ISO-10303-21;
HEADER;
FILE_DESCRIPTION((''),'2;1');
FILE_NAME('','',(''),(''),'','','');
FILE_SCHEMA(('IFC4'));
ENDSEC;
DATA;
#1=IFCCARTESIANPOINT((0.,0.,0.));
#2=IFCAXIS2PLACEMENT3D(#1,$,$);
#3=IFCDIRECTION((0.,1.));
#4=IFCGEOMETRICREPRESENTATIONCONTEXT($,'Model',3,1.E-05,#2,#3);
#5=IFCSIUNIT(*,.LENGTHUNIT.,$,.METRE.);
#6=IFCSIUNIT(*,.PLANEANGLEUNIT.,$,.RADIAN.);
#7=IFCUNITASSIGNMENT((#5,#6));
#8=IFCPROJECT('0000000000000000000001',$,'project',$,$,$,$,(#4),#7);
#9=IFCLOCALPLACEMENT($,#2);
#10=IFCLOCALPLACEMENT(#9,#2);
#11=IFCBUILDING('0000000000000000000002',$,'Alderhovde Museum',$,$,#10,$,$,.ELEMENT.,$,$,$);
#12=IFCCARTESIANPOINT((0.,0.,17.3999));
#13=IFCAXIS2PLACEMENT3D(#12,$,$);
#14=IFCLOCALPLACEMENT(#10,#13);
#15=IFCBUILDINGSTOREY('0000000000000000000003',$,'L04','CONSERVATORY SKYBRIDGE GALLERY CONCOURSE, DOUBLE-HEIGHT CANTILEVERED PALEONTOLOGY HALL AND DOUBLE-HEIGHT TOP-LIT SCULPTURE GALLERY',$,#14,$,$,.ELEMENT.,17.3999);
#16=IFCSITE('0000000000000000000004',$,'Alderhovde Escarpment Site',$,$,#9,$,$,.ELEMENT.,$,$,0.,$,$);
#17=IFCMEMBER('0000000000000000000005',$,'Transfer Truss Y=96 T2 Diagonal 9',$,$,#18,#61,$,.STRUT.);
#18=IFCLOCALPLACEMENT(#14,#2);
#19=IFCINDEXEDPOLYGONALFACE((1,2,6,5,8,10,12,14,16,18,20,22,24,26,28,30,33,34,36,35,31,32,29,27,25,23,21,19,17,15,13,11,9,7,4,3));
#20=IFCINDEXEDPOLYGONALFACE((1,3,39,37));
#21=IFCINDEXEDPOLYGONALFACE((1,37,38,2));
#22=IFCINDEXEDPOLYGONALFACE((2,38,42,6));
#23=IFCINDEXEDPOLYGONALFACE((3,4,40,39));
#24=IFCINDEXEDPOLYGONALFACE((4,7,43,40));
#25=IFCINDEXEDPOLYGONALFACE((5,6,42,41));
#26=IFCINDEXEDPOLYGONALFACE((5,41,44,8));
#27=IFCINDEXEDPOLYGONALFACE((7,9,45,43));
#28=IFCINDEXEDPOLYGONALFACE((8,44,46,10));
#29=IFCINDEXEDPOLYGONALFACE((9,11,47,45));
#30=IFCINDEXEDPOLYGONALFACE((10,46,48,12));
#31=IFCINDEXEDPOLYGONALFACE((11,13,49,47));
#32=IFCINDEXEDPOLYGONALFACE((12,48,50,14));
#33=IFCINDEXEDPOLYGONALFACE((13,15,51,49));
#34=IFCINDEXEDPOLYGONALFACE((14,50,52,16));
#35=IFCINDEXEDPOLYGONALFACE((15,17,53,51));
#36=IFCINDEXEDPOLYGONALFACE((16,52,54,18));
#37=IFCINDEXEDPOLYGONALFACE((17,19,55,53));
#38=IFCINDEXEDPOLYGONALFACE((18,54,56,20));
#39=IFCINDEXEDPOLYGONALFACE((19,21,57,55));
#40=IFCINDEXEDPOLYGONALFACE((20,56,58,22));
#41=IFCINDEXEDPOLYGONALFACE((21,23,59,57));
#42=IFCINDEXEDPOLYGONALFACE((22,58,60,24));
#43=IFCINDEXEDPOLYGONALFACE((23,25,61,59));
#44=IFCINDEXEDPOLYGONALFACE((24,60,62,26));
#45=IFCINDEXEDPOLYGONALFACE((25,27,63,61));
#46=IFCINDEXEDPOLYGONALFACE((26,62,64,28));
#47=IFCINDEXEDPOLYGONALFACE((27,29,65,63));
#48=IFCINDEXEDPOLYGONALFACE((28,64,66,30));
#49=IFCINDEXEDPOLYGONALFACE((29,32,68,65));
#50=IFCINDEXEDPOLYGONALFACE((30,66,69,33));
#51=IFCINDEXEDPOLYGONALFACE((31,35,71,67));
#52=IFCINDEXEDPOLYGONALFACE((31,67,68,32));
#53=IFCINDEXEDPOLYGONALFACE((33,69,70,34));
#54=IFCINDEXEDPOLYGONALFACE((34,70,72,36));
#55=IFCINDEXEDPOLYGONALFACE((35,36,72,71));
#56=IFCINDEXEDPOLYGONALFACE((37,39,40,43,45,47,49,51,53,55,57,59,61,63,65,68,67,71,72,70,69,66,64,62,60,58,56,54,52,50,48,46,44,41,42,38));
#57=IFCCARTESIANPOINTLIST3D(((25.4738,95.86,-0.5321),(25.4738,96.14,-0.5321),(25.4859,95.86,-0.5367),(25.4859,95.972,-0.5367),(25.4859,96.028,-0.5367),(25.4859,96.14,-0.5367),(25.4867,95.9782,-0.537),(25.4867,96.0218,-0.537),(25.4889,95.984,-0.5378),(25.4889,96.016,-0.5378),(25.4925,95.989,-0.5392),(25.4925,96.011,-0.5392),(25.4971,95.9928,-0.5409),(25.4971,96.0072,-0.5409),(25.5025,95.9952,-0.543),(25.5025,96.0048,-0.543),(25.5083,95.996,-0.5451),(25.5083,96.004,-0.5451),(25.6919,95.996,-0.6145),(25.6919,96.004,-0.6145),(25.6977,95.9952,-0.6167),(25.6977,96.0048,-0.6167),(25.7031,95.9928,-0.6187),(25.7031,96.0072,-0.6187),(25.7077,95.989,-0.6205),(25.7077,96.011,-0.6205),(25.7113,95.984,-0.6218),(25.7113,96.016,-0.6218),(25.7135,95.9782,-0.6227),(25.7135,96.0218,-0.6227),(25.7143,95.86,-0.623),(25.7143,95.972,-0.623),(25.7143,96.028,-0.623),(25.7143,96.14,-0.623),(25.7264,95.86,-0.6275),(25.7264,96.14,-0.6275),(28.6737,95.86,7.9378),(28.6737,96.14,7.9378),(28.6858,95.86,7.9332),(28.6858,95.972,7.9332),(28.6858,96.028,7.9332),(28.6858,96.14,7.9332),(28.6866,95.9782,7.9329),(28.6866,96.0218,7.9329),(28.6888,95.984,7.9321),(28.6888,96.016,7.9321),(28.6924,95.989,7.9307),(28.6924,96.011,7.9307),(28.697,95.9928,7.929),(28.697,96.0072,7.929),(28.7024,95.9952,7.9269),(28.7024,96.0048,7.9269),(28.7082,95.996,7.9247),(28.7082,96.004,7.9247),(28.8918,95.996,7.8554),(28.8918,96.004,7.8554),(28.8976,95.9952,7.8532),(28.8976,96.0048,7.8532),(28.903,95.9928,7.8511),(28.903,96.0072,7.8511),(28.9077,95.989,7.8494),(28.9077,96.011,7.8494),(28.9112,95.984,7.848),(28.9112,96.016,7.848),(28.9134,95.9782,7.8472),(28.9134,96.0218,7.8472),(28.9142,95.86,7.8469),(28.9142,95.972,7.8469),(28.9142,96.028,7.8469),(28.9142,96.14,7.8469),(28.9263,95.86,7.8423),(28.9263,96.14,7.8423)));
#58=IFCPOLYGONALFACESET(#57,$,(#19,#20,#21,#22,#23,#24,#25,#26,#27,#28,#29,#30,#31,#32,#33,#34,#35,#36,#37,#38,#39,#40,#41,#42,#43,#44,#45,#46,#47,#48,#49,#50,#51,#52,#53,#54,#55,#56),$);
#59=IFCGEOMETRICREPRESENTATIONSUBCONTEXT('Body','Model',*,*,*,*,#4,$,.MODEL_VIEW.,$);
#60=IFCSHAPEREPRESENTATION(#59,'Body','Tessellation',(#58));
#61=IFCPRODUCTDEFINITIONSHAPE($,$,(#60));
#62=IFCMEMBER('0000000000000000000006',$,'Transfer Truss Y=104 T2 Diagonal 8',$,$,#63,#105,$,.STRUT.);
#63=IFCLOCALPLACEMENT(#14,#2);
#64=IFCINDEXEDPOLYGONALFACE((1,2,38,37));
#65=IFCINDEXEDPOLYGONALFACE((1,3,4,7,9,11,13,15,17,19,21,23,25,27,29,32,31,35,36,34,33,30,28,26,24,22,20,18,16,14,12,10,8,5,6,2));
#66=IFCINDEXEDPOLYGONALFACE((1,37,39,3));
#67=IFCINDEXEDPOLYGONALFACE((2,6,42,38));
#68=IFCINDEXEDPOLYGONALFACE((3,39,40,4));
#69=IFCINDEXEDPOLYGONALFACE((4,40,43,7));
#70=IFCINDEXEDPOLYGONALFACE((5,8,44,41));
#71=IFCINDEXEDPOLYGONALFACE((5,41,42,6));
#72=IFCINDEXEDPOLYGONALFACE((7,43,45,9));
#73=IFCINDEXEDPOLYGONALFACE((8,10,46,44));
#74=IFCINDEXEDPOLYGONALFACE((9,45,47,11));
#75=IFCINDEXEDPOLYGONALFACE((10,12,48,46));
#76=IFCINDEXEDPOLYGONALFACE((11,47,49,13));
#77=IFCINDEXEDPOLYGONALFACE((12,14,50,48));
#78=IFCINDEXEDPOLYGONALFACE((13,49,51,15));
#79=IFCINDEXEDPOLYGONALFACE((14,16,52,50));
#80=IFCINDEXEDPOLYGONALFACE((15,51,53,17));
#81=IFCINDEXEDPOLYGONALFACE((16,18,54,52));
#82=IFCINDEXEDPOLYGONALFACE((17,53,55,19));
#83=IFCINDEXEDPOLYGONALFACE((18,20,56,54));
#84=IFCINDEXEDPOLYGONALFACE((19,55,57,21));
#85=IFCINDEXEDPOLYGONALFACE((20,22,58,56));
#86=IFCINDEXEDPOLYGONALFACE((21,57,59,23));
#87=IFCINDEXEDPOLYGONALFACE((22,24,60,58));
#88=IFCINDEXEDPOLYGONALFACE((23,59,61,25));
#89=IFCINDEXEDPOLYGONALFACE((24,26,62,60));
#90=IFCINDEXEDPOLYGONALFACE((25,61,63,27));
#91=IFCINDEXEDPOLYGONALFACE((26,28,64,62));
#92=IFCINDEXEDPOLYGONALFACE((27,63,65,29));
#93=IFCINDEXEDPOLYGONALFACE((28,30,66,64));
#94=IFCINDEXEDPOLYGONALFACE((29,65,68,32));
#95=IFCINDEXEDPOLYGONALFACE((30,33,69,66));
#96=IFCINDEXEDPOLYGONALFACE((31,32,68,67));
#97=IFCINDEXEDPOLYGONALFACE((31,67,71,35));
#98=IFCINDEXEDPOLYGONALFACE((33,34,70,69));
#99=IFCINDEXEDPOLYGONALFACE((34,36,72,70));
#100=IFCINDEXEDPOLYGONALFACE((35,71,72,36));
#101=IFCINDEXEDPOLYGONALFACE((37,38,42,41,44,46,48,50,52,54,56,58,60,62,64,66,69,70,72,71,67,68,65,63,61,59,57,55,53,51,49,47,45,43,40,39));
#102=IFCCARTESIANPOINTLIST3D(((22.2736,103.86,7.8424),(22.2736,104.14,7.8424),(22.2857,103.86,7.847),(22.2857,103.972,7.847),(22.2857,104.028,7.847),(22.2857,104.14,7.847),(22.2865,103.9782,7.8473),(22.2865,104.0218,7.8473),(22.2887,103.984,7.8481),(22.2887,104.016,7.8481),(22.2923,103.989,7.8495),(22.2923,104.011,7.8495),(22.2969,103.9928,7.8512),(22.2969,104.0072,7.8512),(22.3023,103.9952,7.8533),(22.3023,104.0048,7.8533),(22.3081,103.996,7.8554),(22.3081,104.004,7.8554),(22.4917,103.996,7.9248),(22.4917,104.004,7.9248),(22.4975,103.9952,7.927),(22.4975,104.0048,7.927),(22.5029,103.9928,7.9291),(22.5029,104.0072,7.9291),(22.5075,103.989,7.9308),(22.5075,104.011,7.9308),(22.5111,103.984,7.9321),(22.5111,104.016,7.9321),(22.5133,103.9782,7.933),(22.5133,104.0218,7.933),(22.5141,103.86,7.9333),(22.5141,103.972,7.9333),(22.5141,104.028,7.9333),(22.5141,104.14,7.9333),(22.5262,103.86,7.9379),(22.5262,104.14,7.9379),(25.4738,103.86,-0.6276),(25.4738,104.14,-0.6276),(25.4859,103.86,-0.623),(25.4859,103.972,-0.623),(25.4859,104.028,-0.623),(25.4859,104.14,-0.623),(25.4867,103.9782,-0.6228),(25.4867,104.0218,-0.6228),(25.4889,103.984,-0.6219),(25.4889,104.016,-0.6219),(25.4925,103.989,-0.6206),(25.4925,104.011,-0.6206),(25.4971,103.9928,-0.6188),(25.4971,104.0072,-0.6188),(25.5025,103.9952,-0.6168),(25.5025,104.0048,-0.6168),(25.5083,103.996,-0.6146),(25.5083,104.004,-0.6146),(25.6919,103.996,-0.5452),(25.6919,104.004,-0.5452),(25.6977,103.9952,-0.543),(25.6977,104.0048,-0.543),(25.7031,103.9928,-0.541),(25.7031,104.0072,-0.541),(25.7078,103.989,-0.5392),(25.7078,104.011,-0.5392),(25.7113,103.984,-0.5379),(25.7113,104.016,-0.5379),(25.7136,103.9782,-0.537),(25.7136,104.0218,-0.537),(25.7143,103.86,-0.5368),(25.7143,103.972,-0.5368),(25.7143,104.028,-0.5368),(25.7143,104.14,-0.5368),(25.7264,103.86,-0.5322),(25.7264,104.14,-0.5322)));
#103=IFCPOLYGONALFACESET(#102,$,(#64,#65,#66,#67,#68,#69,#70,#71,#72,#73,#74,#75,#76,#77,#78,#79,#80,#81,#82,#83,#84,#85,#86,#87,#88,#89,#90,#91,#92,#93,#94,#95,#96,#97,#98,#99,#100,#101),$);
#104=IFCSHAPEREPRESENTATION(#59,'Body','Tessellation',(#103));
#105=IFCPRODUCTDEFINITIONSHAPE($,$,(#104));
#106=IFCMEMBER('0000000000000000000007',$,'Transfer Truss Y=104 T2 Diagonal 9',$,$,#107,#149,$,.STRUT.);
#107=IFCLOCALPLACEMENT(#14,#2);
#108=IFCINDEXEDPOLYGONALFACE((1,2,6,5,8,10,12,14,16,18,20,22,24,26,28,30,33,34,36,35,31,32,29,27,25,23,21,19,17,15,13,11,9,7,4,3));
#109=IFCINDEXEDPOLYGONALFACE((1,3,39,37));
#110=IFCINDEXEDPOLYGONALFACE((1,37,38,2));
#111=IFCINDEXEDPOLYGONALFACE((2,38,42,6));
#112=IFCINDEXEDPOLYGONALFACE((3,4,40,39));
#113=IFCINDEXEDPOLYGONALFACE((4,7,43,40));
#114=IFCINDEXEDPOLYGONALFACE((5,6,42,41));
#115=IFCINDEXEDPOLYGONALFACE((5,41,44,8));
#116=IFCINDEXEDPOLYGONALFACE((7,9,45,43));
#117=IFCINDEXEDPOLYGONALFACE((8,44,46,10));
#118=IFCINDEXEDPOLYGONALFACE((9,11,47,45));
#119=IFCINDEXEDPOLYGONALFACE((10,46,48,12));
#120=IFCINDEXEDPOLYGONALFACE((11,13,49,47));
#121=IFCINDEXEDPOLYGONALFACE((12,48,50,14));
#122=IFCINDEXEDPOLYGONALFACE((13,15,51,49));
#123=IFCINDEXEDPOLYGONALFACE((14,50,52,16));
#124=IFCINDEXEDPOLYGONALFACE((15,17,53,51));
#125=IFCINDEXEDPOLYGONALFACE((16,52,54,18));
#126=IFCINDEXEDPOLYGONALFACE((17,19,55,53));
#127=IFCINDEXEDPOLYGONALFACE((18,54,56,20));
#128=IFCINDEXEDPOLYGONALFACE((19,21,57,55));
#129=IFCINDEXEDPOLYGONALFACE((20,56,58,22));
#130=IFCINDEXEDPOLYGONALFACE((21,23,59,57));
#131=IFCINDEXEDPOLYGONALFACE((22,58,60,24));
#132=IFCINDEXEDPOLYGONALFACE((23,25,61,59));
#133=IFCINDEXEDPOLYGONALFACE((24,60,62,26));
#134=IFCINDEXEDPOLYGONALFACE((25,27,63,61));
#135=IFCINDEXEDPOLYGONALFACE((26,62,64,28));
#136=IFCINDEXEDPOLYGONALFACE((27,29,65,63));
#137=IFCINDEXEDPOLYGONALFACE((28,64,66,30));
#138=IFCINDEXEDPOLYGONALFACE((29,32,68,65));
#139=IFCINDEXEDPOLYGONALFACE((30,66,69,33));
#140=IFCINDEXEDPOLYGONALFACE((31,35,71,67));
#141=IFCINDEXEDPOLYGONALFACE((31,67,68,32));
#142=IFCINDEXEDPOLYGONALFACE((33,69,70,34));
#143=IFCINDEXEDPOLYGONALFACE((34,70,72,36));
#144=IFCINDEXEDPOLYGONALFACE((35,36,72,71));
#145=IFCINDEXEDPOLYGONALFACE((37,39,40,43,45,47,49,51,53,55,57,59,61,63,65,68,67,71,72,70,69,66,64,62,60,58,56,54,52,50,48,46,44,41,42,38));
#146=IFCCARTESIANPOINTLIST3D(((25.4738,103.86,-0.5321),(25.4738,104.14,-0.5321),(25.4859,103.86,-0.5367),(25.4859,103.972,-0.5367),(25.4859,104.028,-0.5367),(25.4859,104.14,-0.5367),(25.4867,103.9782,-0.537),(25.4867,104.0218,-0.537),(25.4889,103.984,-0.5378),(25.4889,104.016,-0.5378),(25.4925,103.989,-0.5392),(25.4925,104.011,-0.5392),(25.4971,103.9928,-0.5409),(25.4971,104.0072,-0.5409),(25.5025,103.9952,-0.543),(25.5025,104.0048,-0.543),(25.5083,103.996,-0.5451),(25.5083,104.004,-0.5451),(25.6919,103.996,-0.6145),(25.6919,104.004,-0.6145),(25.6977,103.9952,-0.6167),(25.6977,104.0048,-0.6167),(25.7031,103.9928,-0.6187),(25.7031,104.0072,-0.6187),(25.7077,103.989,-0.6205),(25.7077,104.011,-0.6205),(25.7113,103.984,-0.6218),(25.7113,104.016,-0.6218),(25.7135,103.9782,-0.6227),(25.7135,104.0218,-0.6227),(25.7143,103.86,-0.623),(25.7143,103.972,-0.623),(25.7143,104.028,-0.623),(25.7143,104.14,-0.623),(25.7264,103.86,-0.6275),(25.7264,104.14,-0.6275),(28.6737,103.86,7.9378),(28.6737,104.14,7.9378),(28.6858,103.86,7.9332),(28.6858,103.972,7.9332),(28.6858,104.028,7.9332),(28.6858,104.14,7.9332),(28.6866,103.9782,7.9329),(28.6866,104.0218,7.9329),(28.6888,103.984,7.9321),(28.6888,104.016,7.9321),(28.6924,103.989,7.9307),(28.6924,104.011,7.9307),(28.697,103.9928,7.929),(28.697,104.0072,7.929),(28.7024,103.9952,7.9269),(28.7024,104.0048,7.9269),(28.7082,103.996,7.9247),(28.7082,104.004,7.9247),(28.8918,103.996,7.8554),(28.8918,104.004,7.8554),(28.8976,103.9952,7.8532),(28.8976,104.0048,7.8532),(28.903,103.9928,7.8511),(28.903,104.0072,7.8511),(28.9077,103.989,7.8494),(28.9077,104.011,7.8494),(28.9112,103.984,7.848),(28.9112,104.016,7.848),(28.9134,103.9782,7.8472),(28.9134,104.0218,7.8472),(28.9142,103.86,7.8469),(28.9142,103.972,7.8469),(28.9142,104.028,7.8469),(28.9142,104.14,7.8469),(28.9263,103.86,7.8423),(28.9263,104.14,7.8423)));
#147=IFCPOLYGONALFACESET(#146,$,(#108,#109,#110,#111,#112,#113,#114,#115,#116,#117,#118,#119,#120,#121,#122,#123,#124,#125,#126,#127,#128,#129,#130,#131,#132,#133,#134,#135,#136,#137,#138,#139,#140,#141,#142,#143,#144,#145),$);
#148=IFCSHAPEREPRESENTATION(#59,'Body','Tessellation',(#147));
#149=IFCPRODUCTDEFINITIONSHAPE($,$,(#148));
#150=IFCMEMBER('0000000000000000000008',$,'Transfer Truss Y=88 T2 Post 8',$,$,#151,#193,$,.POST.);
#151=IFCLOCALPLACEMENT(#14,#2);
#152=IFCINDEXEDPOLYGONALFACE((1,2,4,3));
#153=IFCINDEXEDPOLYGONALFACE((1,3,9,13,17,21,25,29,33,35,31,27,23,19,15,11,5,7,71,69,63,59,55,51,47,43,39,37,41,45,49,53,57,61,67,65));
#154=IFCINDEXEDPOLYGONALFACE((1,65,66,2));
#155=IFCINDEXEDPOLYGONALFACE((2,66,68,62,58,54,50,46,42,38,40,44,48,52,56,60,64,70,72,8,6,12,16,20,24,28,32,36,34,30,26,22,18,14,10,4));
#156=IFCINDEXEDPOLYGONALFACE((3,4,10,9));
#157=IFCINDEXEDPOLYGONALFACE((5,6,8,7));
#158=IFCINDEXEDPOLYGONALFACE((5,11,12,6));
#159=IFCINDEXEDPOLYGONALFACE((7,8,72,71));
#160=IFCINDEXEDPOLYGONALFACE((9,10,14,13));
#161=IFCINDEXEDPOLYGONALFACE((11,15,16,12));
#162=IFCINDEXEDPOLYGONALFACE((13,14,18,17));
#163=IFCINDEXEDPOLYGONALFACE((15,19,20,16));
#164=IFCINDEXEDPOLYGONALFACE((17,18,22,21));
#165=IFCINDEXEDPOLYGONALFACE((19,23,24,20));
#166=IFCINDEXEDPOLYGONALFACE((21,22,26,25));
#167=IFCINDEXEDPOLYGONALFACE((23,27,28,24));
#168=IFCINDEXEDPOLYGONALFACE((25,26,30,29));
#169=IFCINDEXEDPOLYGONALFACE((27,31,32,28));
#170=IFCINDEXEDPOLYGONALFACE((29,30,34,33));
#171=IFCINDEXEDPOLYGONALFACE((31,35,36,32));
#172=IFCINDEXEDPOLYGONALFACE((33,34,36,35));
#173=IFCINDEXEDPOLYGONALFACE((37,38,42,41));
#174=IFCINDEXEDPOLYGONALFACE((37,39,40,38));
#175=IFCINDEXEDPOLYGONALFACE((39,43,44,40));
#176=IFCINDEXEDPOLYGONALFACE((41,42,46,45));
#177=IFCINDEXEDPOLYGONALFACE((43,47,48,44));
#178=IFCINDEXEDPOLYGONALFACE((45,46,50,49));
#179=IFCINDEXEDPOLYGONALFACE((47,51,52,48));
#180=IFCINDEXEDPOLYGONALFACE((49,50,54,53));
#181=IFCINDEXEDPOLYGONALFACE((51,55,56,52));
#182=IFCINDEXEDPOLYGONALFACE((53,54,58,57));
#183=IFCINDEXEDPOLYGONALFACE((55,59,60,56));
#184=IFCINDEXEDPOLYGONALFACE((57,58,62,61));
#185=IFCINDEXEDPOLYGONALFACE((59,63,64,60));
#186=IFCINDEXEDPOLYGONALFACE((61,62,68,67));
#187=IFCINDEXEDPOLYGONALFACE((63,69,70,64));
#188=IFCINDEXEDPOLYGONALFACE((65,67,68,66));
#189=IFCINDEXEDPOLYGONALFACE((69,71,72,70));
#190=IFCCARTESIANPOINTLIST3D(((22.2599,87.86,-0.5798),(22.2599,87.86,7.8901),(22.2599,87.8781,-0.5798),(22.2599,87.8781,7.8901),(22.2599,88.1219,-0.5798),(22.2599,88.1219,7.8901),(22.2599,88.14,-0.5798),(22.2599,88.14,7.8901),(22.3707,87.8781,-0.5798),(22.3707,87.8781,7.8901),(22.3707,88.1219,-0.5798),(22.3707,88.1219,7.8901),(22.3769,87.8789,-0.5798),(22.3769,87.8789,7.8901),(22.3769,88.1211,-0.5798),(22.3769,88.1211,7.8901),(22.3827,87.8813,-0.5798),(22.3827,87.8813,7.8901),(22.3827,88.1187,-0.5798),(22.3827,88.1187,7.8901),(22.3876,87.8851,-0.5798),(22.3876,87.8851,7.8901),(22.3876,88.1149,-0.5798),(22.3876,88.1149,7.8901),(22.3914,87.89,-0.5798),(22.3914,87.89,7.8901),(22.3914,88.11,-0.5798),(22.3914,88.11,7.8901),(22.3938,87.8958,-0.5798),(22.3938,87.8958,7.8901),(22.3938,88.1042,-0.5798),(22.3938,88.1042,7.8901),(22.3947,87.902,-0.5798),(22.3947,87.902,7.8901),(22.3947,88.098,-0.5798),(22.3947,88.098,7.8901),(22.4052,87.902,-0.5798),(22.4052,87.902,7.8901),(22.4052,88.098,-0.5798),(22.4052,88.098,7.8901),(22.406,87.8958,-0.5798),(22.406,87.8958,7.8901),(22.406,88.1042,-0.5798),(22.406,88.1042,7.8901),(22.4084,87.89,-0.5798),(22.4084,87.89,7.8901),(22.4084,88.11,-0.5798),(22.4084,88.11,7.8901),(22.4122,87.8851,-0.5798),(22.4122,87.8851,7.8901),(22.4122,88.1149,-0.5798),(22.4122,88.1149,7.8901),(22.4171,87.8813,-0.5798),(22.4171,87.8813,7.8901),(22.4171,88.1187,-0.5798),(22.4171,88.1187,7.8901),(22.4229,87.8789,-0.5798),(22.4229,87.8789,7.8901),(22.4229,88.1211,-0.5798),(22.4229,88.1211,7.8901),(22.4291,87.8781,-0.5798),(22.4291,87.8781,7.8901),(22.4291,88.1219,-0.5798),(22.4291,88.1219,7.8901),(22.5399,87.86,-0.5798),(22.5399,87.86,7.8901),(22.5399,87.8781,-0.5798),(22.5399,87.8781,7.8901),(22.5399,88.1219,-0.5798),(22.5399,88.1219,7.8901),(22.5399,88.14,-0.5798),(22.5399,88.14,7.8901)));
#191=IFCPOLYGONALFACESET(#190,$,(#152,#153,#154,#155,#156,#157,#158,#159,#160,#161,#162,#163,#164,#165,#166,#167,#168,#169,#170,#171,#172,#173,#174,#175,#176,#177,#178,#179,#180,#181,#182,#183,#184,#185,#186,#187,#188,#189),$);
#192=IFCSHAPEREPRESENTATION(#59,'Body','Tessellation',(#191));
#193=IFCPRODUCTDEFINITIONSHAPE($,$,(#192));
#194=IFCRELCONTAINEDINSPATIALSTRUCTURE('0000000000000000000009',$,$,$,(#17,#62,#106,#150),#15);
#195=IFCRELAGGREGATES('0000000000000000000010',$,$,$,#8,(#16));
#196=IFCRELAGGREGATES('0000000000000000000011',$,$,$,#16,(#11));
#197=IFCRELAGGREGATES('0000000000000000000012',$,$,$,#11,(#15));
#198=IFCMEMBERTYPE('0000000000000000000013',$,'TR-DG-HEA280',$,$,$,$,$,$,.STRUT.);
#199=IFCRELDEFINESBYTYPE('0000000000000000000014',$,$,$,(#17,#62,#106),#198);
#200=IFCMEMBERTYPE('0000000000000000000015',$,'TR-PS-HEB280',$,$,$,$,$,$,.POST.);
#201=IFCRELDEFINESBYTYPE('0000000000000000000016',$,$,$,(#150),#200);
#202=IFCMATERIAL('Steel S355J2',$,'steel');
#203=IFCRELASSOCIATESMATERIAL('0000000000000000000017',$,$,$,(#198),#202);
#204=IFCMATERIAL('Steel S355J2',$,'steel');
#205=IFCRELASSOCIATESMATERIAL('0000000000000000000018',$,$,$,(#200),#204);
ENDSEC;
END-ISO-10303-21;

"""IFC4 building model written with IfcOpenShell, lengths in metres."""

from ifc_helpers import new_model, si_unit, direction, frame, origin, origin_2d, place, context, subcontext, project, spatial, i_section, extrude, material, material_profile, profile_set, type_object, element, save


model = new_model("IFC4")

# Units and contexts
model_context = context("Model", 3, precision=1e-05, world=origin(), true_north=direction((0.0, 1.0)))
body_context = subcontext(model_context, "Body", "Model", "MODEL_VIEW")
ifc_project = project(units=[si_unit("LENGTHUNIT", "METRE"), si_unit("PLANEANGLEUNIT", "RADIAN")], contexts=[model_context])

# Site, building, storey
site_placement = place(None, origin())
site = spatial("IfcSite", under=ifc_project, at=site_placement, Name="Alderhovde Escarpment Site", CompositionType="ELEMENT", RefElevation=0.0)
building_placement = place(site_placement, origin())
building = spatial("IfcBuilding", under=site, at=building_placement, Name="Alderhovde Museum", CompositionType="ELEMENT")
storey_placement = place(building_placement, frame((0.0, 0.0, 17.3999)))
storey = spatial("IfcBuildingStorey", under=building, at=storey_placement, Name="L04", Description="CONSERVATORY SKYBRIDGE GALLERY CONCOURSE, DOUBLE-HEIGHT CANTILEVERED PALEONTOLOGY HALL AND DOUBLE-HEIGHT TOP-LIT SCULPTURE GALLERY", CompositionType="ELEMENT", Elevation=17.3999)

# Members
ifc_material_1 = material(Name="Steel S355J2", Category="steel")
ifc_material_profile_1 = material_profile(ifc_material_1, i_section(OverallWidth=0.28, OverallDepth=0.27, WebThickness=0.0081, FlangeThickness=0.0129, FilletRadius=0.0239, at=origin_2d()), Name="HEA 280")
ifc_profile_set_1 = profile_set([ifc_material_profile_1], Name="Steel S355J2")
member_type_1 = type_object("IfcMemberType", Name="TR-DG-HEA280", PredefinedType="STRUT", material=ifc_profile_set_1)
member_1_placement = place(storey_placement, frame((25.6001, 96.0, -0.5798), z_axis=(0.353418, 0.0, 0.935465), x_axis=(0.0, 1.0, 0.0)))
element("IfcMember", 1, at=member_1_placement, inside=storey, type_object=member_type_1, Name="Transfer Truss Y=96 T2 Diagonal 9", PredefinedType="STRUT", context=body_context, shape_type="SweptSolid", body=[
    extrude(i_section(OverallWidth=0.28, OverallDepth=0.27, WebThickness=0.0081, FlangeThickness=0.0129, FilletRadius=0.0239, at=origin_2d()), origin(), (0.0, 0.0, 1.0), 9.0542),
])
member_2_placement = place(storey_placement, frame((22.3999, 104.0, 7.8901), z_axis=(0.353442, 0.0, -0.935456), x_axis=(0.0, 1.0, 0.0)))
element("IfcMember", 2, at=member_2_placement, inside=storey, type_object=member_type_1, Name="Transfer Truss Y=104 T2 Diagonal 8", PredefinedType="STRUT", context=body_context, shape_type="SweptSolid", body=[
    extrude(i_section(OverallWidth=0.28, OverallDepth=0.27, WebThickness=0.0081, FlangeThickness=0.0129, FilletRadius=0.0239, at=origin_2d()), origin(), (0.0, 0.0, 1.0), 9.0544),
])
member_3_placement = place(storey_placement, frame((25.6001, 104.0, -0.5798), z_axis=(0.353418, 0.0, 0.935465), x_axis=(0.0, 1.0, 0.0)))
element("IfcMember", 3, at=member_3_placement, inside=storey, type_object=member_type_1, Name="Transfer Truss Y=104 T2 Diagonal 9", PredefinedType="STRUT", context=body_context, shape_type="SweptSolid", body=[
    extrude(i_section(OverallWidth=0.28, OverallDepth=0.27, WebThickness=0.0081, FlangeThickness=0.0129, FilletRadius=0.0239, at=origin_2d()), origin(), (0.0, 0.0, 1.0), 9.0542),
])
ifc_material_2 = material(Name="Steel S355J2", Category="steel")
ifc_material_profile_2 = material_profile(ifc_material_2, i_section(OverallWidth=0.28, OverallDepth=0.28, WebThickness=0.0105, FlangeThickness=0.0181, FilletRadius=0.0239, at=origin_2d()), Name="HEB 280")
ifc_profile_set_2 = profile_set([ifc_material_profile_2], Name="Steel S355J2")
member_type_2 = type_object("IfcMemberType", Name="TR-PS-HEB280", PredefinedType="POST", material=ifc_profile_set_2)
for number, where, z_axis, x_axis, name in (
    (4, (22.3999, 88.0, -0.5798), (0.0, 0.0, 1.0), (1.0, 0.0, 0.0), "Transfer Truss Y=88 T2 Post 8"),
):
    element("IfcMember", number, at=place(storey_placement, frame(where, z_axis=z_axis, x_axis=x_axis)), inside=storey, type_object=member_type_2, Name=name, PredefinedType="POST", context=body_context, shape_type="SweptSolid", body=[
        extrude(i_section(OverallWidth=0.28, OverallDepth=0.28, WebThickness=0.0105, FlangeThickness=0.0181, FilletRadius=0.0239, at=origin_2d()), origin(), (0.0, 0.0, 1.0), 8.47),
    ])

save(model, "model.ifc")
